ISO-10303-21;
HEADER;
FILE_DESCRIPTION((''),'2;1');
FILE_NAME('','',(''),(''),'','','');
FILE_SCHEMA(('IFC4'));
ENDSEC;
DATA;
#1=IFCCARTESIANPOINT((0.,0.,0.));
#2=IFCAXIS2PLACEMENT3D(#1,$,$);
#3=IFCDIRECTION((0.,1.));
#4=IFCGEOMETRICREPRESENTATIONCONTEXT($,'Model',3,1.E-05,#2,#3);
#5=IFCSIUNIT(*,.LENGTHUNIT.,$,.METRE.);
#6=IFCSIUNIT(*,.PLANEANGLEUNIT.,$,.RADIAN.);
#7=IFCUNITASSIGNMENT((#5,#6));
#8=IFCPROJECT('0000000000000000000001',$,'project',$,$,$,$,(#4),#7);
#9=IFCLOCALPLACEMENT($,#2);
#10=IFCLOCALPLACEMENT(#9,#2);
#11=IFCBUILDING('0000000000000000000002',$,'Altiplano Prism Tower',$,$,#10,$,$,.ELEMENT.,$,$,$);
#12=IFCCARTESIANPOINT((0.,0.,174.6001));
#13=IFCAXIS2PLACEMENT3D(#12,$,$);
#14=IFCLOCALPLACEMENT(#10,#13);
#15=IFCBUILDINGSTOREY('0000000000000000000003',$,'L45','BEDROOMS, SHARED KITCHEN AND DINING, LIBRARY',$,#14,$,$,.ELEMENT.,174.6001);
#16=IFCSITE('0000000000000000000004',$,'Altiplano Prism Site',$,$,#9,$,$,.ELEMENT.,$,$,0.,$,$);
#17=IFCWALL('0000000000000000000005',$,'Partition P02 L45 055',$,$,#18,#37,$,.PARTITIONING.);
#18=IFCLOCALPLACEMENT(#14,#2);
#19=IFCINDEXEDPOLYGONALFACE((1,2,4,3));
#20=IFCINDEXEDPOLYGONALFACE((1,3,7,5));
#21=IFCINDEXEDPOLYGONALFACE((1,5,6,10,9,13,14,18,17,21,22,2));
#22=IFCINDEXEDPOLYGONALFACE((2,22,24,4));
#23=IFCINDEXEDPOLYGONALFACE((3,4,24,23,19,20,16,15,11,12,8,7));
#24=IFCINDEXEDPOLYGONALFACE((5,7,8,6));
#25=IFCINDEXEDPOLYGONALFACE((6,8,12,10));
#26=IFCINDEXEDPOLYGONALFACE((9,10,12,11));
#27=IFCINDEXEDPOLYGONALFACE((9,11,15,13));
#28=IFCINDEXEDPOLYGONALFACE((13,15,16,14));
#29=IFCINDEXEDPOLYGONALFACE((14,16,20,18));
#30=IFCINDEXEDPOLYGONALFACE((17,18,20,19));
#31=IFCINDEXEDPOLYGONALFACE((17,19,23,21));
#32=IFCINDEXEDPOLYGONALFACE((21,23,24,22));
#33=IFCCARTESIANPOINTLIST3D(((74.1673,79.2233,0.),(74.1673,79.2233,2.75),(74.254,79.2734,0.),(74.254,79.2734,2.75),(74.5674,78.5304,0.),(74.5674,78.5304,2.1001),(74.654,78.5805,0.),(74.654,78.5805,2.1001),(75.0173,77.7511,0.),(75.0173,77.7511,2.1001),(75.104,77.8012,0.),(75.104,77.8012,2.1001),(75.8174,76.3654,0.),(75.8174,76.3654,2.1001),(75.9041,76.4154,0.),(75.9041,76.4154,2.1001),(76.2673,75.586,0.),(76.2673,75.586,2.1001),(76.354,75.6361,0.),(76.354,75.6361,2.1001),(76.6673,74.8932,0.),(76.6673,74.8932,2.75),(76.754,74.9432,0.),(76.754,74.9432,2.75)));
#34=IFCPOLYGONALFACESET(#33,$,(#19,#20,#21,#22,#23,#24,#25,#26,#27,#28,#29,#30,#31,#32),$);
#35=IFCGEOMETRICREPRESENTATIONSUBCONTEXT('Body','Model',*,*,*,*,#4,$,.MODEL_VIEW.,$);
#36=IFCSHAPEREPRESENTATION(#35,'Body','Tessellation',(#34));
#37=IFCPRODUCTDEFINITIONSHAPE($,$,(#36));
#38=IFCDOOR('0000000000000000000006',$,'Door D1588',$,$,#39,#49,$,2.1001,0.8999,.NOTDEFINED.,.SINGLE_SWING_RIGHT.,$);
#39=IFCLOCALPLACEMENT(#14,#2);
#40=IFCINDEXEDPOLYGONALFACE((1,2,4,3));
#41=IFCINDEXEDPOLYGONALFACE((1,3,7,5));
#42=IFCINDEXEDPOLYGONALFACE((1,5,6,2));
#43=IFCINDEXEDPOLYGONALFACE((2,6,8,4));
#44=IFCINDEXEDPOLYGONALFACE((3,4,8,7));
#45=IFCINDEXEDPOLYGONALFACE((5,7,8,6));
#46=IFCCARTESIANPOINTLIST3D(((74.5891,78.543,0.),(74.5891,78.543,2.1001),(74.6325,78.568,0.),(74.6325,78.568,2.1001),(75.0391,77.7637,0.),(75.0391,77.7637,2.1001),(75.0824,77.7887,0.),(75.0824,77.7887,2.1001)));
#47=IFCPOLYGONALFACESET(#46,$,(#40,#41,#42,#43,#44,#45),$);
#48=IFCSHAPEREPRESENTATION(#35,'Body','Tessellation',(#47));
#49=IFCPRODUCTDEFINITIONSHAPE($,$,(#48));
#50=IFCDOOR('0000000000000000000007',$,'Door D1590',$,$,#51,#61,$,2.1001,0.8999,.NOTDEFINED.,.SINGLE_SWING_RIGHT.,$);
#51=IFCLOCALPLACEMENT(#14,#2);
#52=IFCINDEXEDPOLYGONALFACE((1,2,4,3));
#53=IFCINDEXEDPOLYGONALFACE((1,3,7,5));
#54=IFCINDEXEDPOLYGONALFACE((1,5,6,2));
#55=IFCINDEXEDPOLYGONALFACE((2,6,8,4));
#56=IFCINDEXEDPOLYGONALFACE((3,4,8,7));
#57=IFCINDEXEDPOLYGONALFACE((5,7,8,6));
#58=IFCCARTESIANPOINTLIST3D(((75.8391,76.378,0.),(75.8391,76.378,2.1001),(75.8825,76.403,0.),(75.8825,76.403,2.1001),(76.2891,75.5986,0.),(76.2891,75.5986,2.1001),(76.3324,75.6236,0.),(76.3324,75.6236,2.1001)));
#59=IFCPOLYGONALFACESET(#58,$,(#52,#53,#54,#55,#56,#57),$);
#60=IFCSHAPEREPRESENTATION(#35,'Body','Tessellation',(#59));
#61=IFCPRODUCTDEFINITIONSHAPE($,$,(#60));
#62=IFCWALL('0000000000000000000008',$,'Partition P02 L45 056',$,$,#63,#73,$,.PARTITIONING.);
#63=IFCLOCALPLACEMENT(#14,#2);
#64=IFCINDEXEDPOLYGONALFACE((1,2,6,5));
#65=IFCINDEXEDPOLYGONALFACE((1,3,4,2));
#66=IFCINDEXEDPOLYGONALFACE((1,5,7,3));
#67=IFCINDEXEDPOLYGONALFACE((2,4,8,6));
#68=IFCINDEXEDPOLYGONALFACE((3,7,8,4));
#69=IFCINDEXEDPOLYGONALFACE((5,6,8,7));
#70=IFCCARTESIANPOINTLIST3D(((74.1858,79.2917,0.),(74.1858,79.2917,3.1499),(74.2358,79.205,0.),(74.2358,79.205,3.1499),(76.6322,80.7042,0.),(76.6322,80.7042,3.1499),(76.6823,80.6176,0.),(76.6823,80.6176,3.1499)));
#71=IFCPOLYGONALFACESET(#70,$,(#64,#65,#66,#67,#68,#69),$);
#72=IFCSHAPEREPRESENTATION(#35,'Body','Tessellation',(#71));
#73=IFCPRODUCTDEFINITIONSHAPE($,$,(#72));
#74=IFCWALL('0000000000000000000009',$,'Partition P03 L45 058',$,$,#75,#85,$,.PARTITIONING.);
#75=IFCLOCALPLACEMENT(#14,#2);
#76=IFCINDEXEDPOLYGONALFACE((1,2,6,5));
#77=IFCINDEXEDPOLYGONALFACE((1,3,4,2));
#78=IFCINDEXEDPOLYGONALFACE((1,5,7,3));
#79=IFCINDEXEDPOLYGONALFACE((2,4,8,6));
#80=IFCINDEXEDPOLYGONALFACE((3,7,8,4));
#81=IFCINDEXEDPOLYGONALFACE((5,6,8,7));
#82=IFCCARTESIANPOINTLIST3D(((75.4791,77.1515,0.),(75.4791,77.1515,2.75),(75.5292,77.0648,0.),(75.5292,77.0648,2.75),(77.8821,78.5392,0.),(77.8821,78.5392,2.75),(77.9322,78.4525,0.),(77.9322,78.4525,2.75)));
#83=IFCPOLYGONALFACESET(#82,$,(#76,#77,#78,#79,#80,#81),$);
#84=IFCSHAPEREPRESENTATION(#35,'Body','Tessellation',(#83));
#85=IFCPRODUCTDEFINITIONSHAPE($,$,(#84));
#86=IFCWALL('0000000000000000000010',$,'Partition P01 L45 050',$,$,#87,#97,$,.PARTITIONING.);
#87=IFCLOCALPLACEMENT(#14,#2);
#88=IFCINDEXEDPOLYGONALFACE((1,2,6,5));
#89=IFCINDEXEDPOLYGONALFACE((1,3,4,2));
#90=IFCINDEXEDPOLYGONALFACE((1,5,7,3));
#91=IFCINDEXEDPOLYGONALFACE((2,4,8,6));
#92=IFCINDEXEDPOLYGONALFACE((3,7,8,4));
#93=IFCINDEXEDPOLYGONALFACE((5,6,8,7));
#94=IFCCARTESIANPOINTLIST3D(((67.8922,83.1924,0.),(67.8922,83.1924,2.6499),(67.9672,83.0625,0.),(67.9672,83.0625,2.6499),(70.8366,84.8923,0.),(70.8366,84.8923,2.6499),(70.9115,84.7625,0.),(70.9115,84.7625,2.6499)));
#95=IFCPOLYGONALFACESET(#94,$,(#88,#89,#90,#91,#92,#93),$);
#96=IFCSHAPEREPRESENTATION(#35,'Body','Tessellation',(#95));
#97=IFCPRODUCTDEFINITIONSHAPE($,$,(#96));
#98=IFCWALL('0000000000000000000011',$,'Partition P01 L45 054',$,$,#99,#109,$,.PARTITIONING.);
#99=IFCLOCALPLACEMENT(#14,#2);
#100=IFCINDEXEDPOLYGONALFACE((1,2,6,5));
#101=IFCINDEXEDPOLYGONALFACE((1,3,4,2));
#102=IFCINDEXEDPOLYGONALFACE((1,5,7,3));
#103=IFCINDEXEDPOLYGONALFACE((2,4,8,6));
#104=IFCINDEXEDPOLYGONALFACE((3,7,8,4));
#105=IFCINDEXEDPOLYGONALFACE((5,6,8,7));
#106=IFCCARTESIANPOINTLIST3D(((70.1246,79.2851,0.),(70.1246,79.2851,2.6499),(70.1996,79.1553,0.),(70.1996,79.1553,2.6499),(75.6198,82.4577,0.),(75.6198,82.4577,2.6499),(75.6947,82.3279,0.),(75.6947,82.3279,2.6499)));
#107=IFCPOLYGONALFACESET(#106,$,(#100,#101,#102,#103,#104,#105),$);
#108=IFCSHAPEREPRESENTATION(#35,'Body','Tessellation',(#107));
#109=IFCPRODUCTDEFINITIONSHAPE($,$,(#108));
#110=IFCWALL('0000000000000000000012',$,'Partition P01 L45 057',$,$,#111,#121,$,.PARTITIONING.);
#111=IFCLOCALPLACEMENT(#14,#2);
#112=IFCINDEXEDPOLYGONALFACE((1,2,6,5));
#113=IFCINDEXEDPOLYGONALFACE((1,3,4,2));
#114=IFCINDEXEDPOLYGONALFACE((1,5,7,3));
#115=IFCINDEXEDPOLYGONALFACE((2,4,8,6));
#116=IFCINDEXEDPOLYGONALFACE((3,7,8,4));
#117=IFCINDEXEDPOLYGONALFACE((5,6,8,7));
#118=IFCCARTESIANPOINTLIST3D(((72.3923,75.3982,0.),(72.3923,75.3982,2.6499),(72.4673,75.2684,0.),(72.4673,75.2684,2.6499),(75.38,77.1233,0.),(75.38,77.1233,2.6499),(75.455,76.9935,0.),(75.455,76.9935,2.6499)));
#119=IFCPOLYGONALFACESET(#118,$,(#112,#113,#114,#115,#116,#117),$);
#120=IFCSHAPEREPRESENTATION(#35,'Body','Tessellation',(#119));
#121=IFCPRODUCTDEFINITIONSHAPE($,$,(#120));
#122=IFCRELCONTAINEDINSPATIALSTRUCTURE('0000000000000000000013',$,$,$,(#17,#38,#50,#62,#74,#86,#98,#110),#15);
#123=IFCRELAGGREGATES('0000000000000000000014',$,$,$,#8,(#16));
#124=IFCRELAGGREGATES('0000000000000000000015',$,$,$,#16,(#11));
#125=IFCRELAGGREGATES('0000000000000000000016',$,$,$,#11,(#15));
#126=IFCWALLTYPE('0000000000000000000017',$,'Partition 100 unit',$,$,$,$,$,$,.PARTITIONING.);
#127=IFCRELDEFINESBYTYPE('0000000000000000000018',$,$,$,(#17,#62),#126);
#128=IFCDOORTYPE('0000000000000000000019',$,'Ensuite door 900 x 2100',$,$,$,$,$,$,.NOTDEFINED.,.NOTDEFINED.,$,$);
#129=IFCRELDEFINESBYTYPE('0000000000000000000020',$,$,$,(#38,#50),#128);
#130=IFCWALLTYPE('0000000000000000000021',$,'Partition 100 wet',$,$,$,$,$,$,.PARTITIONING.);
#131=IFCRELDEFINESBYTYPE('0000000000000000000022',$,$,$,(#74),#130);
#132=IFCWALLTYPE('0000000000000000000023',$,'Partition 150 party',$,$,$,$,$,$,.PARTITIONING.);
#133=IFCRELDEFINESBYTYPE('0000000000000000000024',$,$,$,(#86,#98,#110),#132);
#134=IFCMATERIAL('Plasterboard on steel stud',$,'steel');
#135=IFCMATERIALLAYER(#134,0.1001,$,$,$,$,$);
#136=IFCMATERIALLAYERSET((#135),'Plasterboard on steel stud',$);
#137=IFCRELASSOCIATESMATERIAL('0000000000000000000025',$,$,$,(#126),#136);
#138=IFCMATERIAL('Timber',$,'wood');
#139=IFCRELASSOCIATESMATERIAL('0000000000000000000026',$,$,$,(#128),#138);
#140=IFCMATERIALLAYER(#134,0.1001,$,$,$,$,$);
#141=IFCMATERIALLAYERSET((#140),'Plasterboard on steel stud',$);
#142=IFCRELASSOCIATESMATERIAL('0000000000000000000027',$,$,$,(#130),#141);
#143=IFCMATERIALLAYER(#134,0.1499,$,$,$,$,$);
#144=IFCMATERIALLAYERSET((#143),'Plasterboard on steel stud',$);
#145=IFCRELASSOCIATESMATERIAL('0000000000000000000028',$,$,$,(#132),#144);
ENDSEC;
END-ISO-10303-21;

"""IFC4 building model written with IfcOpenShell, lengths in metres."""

from ifc_helpers import new_model, si_unit, direction, frame, frame_2d, origin, place, context, subcontext, project, spatial, rectangle, extrude, material, layer, layer_set, type_object, element, fill, save


model = new_model("IFC4")

# Units and contexts
model_context = context("Model", 3, precision=1e-05, world=origin(), true_north=direction((0.0, 1.0)))
body_context = subcontext(model_context, "Body", "Model", "MODEL_VIEW")
ifc_project = project(units=[si_unit("LENGTHUNIT", "METRE"), si_unit("PLANEANGLEUNIT", "RADIAN")], contexts=[model_context])

# Site, building, storey
site_placement = place(None, origin())
site = spatial("IfcSite", under=ifc_project, at=site_placement, Name="Altiplano Prism Site", CompositionType="ELEMENT", RefElevation=0.0)
building_placement = place(site_placement, origin())
building = spatial("IfcBuilding", under=site, at=building_placement, Name="Altiplano Prism Tower", CompositionType="ELEMENT")
storey_placement = place(building_placement, frame((0.0, 0.0, 174.6001)))
storey = spatial("IfcBuildingStorey", under=building, at=storey_placement, Name="L45", Description="BEDROOMS, SHARED KITCHEN AND DINING, LIBRARY", CompositionType="ELEMENT", Elevation=174.6001)

# Shared definitions
ifc_material_1 = material(Name="Plasterboard on steel stud", Category="steel")
ifc_layer_1 = layer(ifc_material_1, 0.1001)
ifc_layer_set_1 = layer_set([ifc_layer_1], Name="Plasterboard on steel stud")
wall_type_1 = type_object("IfcWallType", Name="Partition 100 unit", PredefinedType="PARTITIONING", material=ifc_layer_set_1)

# Wall, openings, doors
wall_1_placement = place(storey_placement, frame((76.7107, 74.9182, 0.0), z_axis=(0.0, 0.0, 1.0), x_axis=(-0.500004, 0.866023, 0.0)))
wall_1 = element("IfcWall", 1, at=wall_1_placement, inside=storey, type_object=wall_type_1, Name="Partition P02 L45 055", PredefinedType="PARTITIONING", context=body_context, shape_type="SweptSolid", body=[
    extrude(rectangle(XDim=5.0, YDim=0.1001, at=frame_2d((2.5, 0.0))), origin(), (0.0, 0.0, 1.0), 2.75),
])
opening_1_placement = place(wall_1_placement, frame((3.3, 0.0, 0.0)))
opening_1 = element("IfcOpeningElement", 2, at=opening_1_placement, cuts=wall_1, PredefinedType="OPENING", context=body_context, shape_type="SweptSolid", body=[
    extrude(rectangle(XDim=0.8999, YDim=2.1001, at=frame_2d((0.45, 1.05))), frame((0.0, 0.0605, 0.0), z_axis=(0.0, -1.0, 0.0), x_axis=(1.0, 0.0, 0.0)), (0.0, 0.0, 1.0), 0.1211),
])
opening_2_placement = place(wall_1_placement, frame((0.8, 0.0, 0.0)))
opening_2 = element("IfcOpeningElement", 3, at=opening_2_placement, cuts=wall_1, PredefinedType="OPENING", context=body_context, shape_type="SweptSolid", body=[
    extrude(rectangle(XDim=0.8999, YDim=2.1001, at=frame_2d((0.45, 1.05))), frame((0.0, 0.0605, 0.0), z_axis=(0.0, -1.0, 0.0), x_axis=(1.0, 0.0, 0.0)), (0.0, 0.0, 1.0), 0.1211),
])
ifc_material_2 = material(Name="Timber", Category="wood")
door_type = type_object("IfcDoorType", Name="Ensuite door 900 x 2100", OperationType="NOTDEFINED", PredefinedType="NOTDEFINED", material=ifc_material_2)
door_1_placement = place(opening_1_placement, origin())
door_1 = element("IfcDoor", 4, at=door_1_placement, inside=storey, type_object=door_type, Name="Door D1588", OperationType="SINGLE_SWING_RIGHT", OverallHeight=2.1001, OverallWidth=0.8999, PredefinedType="NOTDEFINED", context=body_context, shape_type="SweptSolid", body=[
    extrude(rectangle(XDim=0.8999, YDim=2.1001, at=frame_2d((0.45, 1.05))), frame((0.0, 0.0249, 0.0), z_axis=(0.0, -1.0, 0.0), x_axis=(1.0, 0.0, 0.0)), (0.0, 0.0, 1.0), 0.05),
])
fill(opening_1, door_1)
door_2_placement = place(opening_2_placement, origin())
door_2 = element("IfcDoor", 5, at=door_2_placement, inside=storey, type_object=door_type, Name="Door D1590", OperationType="SINGLE_SWING_RIGHT", OverallHeight=2.1001, OverallWidth=0.8999, PredefinedType="NOTDEFINED", context=body_context, shape_type="SweptSolid", body=[
    extrude(rectangle(XDim=0.8999, YDim=2.1001, at=frame_2d((0.45, 1.05))), frame((0.0, 0.0249, 0.0), z_axis=(0.0, -1.0, 0.0), x_axis=(1.0, 0.0, 0.0)), (0.0, 0.0, 1.0), 0.05),
])
fill(opening_2, door_2)

# Walls
wall_2_placement = place(storey_placement, frame((74.2107, 79.2483, 0.0), z_axis=(0.0, 0.0, 1.0), x_axis=(0.866011, 0.500024, 0.0)))
element("IfcWall", 6, at=wall_2_placement, inside=storey, type_object=wall_type_1, Name="Partition P02 L45 056", PredefinedType="PARTITIONING", context=body_context, shape_type="SweptSolid", body=[
    extrude(rectangle(XDim=2.825, YDim=0.1001, at=frame_2d((1.4126, 0.0))), origin(), (0.0, 0.0, 1.0), 3.1499),
])
ifc_layer_2 = layer(ifc_material_1, 0.1001)
ifc_layer_set_2 = layer_set([ifc_layer_2], Name="Plasterboard on steel stud")
wall_type_2 = type_object("IfcWallType", Name="Partition 100 wet", PredefinedType="PARTITIONING", material=ifc_layer_set_2)
wall_3_placement = place(storey_placement, frame((75.5042, 77.1082, 0.0), z_axis=(0.0, 0.0, 1.0), x_axis=(0.865982, 0.500075, 0.0)))
element("IfcWall", 7, at=wall_3_placement, inside=storey, type_object=wall_type_2, Name="Partition P03 L45 058", PredefinedType="PARTITIONING", context=body_context, shape_type="SweptSolid", body=[
    extrude(rectangle(XDim=2.7749, YDim=0.1001, at=frame_2d((1.3875, 0.0))), origin(), (0.0, 0.0, 1.0), 2.75),
])
ifc_layer_3 = layer(ifc_material_1, 0.1499)
ifc_layer_set_3 = layer_set([ifc_layer_3], Name="Plasterboard on steel stud")
wall_type_3 = type_object("IfcWallType", Name="Partition 150 party", PredefinedType="PARTITIONING", material=ifc_layer_set_3)
wall_4_placement = place(storey_placement, frame((67.9297, 83.1274, 0.0), z_axis=(0.0, 0.0, 1.0), x_axis=(0.866021, 0.500008, 0.0)))
element("IfcWall", 8, at=wall_4_placement, inside=storey, type_object=wall_type_3, Name="Partition P01 L45 050", PredefinedType="PARTITIONING", context=body_context, shape_type="SweptSolid", body=[
    extrude(rectangle(XDim=3.3999, YDim=0.1499, at=frame_2d((1.7, 0.0))), origin(), (0.0, 0.0, 1.0), 2.6499),
])
wall_5_placement = place(storey_placement, frame((70.1621, 79.2202, 0.0), z_axis=(0.0, 0.0, 1.0), x_axis=(0.866025, 0.5, 0.0)))
element("IfcWall", 9, at=wall_5_placement, inside=storey, type_object=wall_type_3, Name="Partition P01 L45 054", PredefinedType="PARTITIONING", context=body_context, shape_type="SweptSolid", body=[
    extrude(rectangle(XDim=6.3452, YDim=0.1499, at=frame_2d((3.1726, 0.0))), origin(), (0.0, 0.0, 1.0), 2.6499),
])
wall_6_placement = place(storey_placement, frame((72.4297, 75.3333, 0.0), z_axis=(0.0, 0.0, 1.0), x_axis=(0.866014, 0.500021, 0.0)))
element("IfcWall", 10, at=wall_6_placement, inside=storey, type_object=wall_type_3, Name="Partition P01 L45 057", PredefinedType="PARTITIONING", context=body_context, shape_type="SweptSolid", body=[
    extrude(rectangle(XDim=3.45, YDim=0.1499, at=frame_2d((1.7251, 0.0))), origin(), (0.0, 0.0, 1.0), 2.6499),
])

save(model, "model.ifc")
